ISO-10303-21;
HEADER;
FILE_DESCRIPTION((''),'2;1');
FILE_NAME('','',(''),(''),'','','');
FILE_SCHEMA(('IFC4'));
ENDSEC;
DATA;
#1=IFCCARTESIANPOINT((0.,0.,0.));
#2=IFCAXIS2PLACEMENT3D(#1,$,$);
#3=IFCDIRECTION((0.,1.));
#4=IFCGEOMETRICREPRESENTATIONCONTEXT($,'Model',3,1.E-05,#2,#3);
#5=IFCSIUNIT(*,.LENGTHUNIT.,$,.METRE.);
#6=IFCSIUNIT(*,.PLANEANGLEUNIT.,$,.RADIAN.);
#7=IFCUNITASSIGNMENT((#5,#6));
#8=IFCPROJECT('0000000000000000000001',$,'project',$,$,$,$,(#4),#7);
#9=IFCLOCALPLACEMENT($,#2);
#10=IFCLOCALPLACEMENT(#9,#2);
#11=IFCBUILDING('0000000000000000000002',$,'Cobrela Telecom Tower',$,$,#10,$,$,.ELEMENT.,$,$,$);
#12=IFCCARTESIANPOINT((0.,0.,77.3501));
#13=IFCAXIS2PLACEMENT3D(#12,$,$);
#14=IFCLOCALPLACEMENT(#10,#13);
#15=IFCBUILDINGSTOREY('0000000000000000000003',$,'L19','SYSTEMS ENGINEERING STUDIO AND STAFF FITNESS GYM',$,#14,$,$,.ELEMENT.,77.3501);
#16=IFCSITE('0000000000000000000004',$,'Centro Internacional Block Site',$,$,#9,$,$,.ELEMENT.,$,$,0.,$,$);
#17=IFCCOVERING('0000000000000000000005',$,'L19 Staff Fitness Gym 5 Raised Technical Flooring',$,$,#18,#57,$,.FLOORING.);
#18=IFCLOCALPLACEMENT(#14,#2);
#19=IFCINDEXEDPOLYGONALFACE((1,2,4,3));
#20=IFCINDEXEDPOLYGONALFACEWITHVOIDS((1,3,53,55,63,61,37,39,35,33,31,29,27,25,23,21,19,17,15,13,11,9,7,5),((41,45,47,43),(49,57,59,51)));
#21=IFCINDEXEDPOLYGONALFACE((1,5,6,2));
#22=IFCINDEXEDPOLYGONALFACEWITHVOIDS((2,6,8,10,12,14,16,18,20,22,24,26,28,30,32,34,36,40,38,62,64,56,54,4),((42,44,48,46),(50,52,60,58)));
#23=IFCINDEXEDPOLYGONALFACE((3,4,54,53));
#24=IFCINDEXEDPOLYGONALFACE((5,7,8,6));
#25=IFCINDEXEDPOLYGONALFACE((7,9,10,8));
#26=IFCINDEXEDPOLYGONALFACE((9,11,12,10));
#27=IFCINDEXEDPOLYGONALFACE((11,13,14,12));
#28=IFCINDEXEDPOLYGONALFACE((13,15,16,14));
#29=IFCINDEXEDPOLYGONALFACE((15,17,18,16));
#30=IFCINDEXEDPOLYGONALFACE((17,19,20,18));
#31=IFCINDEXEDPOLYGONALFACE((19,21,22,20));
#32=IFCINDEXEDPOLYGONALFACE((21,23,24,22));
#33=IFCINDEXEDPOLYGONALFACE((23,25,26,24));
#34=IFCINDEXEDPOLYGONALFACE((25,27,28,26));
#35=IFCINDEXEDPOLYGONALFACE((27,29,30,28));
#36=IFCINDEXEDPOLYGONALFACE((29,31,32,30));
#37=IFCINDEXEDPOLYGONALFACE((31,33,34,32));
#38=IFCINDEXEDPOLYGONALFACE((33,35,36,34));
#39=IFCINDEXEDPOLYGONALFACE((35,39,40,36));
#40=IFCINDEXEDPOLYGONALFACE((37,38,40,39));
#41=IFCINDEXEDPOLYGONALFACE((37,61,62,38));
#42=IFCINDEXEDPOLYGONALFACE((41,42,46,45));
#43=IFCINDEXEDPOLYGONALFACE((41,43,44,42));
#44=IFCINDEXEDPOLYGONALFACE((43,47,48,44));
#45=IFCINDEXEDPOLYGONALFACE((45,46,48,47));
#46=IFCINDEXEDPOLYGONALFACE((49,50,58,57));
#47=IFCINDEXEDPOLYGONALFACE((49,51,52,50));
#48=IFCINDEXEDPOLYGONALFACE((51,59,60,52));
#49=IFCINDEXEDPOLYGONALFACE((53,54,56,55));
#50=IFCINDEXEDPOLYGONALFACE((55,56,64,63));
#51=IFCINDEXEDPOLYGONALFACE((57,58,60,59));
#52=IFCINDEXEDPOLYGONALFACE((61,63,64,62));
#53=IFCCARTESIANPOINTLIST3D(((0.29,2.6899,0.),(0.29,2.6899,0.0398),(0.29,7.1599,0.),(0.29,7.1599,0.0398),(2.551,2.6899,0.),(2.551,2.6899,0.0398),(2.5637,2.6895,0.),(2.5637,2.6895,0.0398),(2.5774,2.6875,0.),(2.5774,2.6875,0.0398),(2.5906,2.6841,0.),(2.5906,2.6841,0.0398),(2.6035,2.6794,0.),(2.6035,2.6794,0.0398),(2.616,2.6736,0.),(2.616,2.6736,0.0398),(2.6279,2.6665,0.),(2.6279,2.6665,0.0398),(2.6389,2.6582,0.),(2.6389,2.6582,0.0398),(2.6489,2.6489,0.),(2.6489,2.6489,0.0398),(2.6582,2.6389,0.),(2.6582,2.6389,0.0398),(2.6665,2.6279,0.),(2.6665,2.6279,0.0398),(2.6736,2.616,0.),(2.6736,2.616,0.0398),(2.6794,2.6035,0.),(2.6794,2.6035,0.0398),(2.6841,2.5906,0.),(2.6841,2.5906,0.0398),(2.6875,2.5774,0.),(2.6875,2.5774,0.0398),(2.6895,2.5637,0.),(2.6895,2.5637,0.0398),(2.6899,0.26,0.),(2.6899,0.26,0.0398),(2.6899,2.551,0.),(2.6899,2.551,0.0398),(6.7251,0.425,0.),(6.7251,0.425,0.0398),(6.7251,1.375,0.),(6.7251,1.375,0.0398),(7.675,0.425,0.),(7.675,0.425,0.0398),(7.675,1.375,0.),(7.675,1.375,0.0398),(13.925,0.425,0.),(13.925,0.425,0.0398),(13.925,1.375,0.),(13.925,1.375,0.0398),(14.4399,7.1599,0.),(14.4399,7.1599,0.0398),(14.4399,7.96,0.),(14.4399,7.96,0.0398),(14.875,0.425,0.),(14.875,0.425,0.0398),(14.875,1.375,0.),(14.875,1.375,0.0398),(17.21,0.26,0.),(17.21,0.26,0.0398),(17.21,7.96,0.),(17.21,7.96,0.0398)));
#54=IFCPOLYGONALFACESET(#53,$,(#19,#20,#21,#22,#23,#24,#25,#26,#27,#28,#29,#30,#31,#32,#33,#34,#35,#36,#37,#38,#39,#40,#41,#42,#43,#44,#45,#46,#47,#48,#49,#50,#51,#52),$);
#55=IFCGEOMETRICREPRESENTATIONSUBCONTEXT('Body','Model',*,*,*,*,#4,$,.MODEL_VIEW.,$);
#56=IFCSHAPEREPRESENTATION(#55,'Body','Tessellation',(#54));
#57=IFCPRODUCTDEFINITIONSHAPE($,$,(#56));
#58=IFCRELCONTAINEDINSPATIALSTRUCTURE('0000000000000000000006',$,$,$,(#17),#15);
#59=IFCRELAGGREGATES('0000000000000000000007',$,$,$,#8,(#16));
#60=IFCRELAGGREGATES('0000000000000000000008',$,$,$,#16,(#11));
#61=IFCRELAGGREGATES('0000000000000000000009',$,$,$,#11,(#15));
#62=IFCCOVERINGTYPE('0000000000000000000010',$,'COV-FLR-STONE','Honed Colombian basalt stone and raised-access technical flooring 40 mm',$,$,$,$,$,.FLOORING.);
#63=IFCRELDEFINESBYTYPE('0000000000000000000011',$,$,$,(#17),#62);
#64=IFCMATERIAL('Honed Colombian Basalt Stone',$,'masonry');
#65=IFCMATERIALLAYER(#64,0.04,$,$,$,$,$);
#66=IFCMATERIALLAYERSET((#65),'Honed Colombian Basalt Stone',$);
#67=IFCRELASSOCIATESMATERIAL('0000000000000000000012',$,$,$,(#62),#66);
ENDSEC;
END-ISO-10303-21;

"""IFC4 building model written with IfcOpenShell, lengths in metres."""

from ifc_helpers import new_model, si_unit, direction, frame, origin, place, context, subcontext, project, spatial, polyline, outline, extrude, material, layer, layer_set, type_object, element, save


model = new_model("IFC4")

# Units and contexts
model_context = context("Model", 3, precision=1e-05, world=origin(), true_north=direction((0.0, 1.0)))
body_context = subcontext(model_context, "Body", "Model", "MODEL_VIEW")
ifc_project = project(units=[si_unit("LENGTHUNIT", "METRE"), si_unit("PLANEANGLEUNIT", "RADIAN")], contexts=[model_context])

# Site, building, storey
site_placement = place(None, origin())
site = spatial("IfcSite", under=ifc_project, at=site_placement, Name="Centro Internacional Block Site", CompositionType="ELEMENT", RefElevation=0.0)
building_placement = place(site_placement, origin())
building = spatial("IfcBuilding", under=site, at=building_placement, Name="Cobrela Telecom Tower", CompositionType="ELEMENT")
storey_placement = place(building_placement, frame((0.0, 0.0, 77.3501)))
storey = spatial("IfcBuildingStorey", under=building, at=storey_placement, Name="L19", Description="SYSTEMS ENGINEERING STUDIO AND STAFF FITNESS GYM", CompositionType="ELEMENT", Elevation=77.3501)

# Covering
ifc_material_1 = material(Name="Honed Colombian Basalt Stone", Category="masonry")
ifc_layer_1 = layer(ifc_material_1, 0.04)
ifc_layer_set_1 = layer_set([ifc_layer_1], Name="Honed Colombian Basalt Stone")
covering_type_1 = type_object("IfcCoveringType", Name="COV-FLR-STONE", Description="Honed Colombian basalt stone and raised-access technical flooring 40 mm", PredefinedType="FLOORING", material=ifc_layer_set_1)
covering_1_placement = place(storey_placement, origin())
element("IfcCovering", 1, at=covering_1_placement, inside=storey, type_object=covering_type_1, Name="L19 Staff Fitness Gym 5 Raised Technical Flooring", PredefinedType="FLOORING", context=body_context, shape_type="SweptSolid", body=[
    extrude(outline(polyline([(2.6899, 2.551), (2.6895, 2.5637), (2.6875, 2.5774), (2.6841, 2.5906), (2.6794, 2.6035), (2.6736, 2.616), (2.6665, 2.6279), (2.6582, 2.6389), (2.6489, 2.6489), (2.6389, 2.6582), (2.6279, 2.6665), (2.616, 2.6736), (2.6035, 2.6794), (2.5906, 2.6841), (2.5774, 2.6875), (2.5637, 2.6895), (2.551, 2.6899), (0.29, 2.6899), (0.29, 7.1599), (14.4399, 7.1599), (14.4399, 7.96), (17.21, 7.96), (17.21, 0.26), (2.6899, 0.26), (2.6899, 2.551)]), holes=[polyline([(7.675, 1.375), (6.7251, 1.375), (6.7251, 0.425), (7.675, 0.425), (7.675, 1.375)]), polyline([(14.875, 0.425), (14.875, 1.375), (13.925, 1.375), (13.925, 0.425), (14.875, 0.425)])]), origin(), (0.0, 0.0, 1.0), 0.0398),
])

save(model, "model.ifc")
